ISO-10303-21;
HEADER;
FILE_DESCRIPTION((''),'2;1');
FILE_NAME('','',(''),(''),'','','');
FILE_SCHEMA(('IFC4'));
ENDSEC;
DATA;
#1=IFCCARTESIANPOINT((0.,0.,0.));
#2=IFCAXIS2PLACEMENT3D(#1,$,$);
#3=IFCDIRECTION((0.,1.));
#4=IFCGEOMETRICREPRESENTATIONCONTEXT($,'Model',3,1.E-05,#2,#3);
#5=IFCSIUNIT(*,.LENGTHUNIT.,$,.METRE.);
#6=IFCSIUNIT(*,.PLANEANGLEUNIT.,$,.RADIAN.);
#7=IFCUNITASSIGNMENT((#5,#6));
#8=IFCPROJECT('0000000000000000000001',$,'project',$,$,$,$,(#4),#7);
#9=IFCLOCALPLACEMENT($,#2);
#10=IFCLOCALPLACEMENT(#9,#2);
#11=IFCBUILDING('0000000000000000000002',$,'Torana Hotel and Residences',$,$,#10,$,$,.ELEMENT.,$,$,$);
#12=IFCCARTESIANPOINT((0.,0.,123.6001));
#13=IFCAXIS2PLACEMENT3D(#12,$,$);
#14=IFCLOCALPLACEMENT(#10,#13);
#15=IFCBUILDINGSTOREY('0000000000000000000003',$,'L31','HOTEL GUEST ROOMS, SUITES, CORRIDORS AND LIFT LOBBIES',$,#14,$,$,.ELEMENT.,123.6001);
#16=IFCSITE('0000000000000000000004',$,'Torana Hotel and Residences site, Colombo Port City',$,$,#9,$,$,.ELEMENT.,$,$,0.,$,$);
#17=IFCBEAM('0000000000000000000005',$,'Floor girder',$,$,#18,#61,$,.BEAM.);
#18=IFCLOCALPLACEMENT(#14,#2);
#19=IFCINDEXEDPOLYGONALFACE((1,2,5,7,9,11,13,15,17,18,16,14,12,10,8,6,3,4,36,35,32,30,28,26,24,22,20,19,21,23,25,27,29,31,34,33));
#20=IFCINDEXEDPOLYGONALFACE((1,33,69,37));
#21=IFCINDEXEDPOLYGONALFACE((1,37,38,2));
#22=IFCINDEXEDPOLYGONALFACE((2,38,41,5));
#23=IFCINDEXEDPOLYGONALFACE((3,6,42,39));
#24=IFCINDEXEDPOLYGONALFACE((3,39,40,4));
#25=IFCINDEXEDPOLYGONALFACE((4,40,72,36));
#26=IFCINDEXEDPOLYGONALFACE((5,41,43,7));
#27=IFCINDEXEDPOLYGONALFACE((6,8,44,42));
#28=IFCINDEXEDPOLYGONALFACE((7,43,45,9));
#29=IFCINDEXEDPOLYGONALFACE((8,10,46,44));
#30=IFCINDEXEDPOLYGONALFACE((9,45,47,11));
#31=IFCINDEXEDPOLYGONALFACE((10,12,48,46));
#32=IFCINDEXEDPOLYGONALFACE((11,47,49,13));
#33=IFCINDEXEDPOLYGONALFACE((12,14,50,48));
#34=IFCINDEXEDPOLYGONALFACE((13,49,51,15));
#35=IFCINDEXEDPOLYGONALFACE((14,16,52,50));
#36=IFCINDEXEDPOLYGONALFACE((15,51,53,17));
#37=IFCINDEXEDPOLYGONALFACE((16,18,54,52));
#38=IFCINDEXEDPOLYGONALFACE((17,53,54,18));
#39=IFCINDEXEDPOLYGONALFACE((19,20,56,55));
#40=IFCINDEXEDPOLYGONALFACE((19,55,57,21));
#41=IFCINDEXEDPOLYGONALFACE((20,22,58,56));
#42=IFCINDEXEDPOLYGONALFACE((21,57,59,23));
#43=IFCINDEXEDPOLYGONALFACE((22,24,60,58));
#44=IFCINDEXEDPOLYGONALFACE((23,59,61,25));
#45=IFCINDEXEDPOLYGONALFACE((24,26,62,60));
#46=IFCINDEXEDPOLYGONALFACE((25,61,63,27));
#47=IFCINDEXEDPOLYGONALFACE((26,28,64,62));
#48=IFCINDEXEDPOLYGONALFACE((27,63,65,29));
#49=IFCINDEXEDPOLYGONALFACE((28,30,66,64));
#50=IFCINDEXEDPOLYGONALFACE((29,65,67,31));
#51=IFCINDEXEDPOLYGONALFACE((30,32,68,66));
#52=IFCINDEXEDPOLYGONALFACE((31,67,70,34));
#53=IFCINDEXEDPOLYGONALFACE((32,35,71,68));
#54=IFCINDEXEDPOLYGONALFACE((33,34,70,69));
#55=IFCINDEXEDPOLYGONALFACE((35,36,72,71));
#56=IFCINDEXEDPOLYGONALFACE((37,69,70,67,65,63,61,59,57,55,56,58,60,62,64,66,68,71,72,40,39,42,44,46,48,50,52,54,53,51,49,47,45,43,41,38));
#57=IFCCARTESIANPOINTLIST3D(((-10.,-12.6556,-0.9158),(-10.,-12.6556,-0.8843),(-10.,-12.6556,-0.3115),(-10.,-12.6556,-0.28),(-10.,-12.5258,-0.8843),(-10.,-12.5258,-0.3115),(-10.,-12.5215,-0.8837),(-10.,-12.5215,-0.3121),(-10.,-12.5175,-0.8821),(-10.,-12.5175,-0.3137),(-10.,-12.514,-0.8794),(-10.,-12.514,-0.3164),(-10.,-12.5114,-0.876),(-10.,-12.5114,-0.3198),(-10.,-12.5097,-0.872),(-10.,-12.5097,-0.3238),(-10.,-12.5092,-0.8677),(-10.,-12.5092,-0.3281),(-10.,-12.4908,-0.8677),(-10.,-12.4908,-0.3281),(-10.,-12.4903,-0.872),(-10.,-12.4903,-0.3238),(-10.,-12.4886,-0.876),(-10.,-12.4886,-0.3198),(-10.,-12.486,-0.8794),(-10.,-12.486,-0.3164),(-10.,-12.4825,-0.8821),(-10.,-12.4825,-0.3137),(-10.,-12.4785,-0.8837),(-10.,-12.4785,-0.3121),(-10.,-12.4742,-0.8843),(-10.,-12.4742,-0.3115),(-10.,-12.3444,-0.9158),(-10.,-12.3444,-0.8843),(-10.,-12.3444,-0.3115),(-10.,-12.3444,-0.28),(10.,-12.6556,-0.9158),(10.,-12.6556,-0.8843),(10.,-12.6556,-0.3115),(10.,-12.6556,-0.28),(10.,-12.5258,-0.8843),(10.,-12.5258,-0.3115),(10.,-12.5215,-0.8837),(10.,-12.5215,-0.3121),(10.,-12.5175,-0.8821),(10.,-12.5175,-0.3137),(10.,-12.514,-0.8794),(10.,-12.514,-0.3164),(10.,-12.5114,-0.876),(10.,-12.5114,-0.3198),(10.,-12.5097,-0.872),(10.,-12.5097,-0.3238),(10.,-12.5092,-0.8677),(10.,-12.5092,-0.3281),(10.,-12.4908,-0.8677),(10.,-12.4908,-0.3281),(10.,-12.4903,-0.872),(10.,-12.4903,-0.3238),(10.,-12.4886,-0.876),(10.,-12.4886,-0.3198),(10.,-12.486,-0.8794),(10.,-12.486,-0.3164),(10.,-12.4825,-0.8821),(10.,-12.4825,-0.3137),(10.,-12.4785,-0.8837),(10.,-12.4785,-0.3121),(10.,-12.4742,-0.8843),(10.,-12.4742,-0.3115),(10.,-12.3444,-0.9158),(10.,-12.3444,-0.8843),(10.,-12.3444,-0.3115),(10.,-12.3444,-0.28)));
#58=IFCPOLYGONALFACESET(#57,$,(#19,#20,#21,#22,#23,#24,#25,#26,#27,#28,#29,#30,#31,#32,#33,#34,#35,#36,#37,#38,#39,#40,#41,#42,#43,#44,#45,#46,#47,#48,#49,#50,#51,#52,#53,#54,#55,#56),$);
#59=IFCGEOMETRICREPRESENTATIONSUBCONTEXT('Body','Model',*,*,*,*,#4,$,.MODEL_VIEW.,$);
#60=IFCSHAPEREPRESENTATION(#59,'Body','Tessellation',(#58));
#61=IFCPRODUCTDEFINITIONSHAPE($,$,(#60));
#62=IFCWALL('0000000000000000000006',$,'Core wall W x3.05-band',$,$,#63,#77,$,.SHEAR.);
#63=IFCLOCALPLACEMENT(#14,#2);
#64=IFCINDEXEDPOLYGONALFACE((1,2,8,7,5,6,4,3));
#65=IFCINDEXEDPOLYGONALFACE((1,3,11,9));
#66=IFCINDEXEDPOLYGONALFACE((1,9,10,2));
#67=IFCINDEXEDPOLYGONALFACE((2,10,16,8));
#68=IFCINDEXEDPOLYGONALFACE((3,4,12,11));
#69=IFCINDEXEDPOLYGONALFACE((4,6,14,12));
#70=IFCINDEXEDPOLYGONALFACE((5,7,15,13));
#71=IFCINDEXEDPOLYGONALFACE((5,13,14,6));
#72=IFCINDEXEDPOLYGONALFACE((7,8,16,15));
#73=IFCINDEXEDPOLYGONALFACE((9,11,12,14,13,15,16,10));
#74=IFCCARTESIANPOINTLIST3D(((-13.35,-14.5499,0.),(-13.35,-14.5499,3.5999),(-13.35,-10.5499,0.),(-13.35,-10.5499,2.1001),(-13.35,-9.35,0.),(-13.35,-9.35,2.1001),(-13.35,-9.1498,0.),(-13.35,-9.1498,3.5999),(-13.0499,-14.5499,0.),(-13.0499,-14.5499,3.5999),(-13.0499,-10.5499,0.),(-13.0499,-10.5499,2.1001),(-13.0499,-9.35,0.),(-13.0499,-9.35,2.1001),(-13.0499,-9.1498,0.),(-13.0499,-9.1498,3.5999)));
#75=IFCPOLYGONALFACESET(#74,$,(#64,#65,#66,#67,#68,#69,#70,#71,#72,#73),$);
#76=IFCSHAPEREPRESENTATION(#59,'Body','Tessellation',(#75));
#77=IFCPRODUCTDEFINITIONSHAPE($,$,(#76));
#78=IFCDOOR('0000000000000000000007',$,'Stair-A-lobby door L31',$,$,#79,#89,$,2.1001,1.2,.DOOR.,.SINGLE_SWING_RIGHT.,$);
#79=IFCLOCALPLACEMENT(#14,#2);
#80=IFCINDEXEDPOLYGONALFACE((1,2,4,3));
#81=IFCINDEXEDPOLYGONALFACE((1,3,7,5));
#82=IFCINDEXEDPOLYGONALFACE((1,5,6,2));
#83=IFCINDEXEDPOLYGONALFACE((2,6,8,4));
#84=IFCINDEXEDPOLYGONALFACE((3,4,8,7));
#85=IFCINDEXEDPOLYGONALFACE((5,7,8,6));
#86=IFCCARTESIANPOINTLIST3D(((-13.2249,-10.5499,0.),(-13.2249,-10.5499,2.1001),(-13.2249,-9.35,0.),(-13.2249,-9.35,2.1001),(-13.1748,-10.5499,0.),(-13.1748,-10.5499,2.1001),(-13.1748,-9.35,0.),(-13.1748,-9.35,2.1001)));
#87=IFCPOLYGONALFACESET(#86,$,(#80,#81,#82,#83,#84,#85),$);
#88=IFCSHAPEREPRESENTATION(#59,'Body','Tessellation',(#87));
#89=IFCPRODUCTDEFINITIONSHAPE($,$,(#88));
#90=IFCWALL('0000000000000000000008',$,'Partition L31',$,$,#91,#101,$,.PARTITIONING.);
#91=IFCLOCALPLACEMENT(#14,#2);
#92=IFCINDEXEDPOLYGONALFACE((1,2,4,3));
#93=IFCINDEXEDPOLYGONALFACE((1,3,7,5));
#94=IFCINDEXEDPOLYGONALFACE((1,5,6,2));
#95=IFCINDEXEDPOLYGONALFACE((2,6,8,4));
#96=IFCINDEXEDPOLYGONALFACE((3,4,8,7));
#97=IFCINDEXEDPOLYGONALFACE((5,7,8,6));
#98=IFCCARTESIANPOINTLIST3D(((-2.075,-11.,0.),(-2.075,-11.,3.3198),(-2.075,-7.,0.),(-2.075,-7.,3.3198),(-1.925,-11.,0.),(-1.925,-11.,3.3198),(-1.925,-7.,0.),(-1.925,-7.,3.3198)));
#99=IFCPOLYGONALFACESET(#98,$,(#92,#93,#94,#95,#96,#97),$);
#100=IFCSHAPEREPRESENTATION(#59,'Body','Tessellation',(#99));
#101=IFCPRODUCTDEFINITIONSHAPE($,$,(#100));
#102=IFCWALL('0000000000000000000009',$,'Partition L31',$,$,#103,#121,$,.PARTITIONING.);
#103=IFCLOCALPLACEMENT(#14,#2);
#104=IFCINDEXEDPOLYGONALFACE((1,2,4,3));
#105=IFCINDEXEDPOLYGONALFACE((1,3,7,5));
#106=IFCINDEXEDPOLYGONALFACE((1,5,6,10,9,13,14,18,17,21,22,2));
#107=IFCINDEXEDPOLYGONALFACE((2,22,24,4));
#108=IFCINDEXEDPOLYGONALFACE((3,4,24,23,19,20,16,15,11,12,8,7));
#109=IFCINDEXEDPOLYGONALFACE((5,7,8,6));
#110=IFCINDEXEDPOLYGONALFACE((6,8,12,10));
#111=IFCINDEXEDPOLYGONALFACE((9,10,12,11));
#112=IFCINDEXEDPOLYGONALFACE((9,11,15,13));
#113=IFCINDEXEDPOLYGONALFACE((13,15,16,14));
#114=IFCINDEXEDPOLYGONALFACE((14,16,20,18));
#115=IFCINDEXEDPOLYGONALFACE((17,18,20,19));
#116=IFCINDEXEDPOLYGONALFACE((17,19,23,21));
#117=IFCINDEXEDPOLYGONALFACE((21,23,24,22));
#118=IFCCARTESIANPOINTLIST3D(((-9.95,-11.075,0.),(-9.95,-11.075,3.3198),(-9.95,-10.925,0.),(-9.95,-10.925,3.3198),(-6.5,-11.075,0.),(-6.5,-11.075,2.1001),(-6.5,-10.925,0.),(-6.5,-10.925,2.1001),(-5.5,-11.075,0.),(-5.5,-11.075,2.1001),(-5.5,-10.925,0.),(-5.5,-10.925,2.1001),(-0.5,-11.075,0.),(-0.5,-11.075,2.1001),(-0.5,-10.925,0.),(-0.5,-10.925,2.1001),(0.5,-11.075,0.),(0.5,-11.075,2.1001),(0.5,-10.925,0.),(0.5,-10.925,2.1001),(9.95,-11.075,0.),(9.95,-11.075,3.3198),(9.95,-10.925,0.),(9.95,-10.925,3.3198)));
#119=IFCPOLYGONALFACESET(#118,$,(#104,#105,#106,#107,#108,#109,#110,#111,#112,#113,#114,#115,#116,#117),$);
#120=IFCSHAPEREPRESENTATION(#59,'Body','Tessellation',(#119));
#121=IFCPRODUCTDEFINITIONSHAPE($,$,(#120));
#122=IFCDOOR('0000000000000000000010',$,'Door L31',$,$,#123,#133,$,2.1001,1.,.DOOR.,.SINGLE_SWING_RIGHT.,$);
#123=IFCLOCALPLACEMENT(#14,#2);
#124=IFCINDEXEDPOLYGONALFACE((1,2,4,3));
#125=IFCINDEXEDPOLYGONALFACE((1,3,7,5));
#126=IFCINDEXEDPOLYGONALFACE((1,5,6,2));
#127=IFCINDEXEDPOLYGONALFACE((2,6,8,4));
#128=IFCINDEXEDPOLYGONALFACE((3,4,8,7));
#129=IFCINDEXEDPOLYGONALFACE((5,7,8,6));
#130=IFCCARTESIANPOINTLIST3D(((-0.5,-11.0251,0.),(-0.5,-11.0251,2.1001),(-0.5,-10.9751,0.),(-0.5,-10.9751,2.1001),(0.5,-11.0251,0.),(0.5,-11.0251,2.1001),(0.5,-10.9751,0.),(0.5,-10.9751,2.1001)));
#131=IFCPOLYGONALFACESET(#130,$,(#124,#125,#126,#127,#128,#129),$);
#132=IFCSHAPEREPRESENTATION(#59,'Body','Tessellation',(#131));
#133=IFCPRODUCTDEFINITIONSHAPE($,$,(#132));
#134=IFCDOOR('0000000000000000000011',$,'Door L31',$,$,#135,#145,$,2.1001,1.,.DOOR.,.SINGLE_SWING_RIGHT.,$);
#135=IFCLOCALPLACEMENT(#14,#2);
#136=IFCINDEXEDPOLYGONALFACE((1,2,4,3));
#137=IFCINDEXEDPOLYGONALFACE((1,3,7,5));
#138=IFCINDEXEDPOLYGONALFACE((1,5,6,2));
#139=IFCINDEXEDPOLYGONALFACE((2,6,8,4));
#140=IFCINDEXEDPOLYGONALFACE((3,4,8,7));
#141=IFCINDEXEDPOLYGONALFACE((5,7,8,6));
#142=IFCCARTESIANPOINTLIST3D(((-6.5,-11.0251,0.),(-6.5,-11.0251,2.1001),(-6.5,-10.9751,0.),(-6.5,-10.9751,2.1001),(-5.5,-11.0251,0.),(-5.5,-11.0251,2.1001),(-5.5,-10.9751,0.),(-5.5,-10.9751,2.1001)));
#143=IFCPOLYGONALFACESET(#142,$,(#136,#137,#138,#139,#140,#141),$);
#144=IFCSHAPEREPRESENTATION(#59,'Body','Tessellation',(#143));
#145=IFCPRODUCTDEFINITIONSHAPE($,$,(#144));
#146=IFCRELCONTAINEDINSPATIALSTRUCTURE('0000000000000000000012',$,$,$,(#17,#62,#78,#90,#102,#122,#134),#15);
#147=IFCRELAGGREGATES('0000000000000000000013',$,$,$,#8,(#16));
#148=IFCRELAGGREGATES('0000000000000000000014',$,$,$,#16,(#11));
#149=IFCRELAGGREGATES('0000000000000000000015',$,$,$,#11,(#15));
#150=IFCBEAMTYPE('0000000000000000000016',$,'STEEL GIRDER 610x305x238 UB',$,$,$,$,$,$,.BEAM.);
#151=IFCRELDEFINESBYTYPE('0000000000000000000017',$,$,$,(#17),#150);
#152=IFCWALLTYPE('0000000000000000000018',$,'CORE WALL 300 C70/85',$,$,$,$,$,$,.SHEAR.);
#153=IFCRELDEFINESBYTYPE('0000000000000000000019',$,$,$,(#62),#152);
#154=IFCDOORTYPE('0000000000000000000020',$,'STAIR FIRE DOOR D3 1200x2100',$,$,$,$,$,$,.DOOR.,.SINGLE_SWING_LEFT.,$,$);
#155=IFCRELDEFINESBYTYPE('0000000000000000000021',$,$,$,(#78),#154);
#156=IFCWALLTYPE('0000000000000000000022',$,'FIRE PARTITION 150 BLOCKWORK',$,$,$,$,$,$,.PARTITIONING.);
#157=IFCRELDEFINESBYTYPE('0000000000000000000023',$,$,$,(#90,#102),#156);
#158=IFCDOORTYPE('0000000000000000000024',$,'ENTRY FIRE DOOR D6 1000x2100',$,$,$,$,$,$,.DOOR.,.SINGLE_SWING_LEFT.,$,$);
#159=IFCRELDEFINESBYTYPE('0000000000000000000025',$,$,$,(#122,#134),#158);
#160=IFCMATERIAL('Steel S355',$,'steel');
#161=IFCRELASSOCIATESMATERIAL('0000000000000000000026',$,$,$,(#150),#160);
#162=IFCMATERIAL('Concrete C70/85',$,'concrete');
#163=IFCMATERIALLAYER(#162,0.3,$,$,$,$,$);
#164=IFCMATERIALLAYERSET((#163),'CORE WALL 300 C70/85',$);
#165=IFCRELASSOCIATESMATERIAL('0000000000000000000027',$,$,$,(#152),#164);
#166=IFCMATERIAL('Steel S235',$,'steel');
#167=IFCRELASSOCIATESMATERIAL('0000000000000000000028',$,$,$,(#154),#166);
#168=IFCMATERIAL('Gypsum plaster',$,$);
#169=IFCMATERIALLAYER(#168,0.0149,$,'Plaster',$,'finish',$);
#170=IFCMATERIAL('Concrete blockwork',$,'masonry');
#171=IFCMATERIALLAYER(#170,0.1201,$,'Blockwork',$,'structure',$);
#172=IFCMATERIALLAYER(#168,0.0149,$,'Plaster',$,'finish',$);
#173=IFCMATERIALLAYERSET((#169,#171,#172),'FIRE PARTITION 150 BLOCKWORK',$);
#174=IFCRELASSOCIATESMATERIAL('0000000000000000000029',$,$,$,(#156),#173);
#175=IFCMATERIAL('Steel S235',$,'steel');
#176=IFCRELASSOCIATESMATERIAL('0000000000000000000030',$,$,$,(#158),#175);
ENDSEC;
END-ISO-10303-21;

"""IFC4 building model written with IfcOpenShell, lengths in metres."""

from ifc_helpers import new_model, si_unit, direction, frame, frame_2d, origin, origin_2d, place, context, subcontext, project, spatial, rectangle, i_section, extrude, material, layer, layer_set, material_profile, profile_set, type_object, element, fill, save


model = new_model("IFC4")

# Units and contexts
model_context = context("Model", 3, precision=1e-05, world=origin(), true_north=direction((0.0, 1.0)))
body_context = subcontext(model_context, "Body", "Model", "MODEL_VIEW")
ifc_project = project(units=[si_unit("LENGTHUNIT", "METRE"), si_unit("PLANEANGLEUNIT", "RADIAN")], contexts=[model_context])

# Site, building, storey
site_placement = place(None, origin())
site = spatial("IfcSite", under=ifc_project, at=site_placement, Name="Torana Hotel and Residences site, Colombo Port City", CompositionType="ELEMENT", RefElevation=0.0)
building_placement = place(site_placement, origin())
building = spatial("IfcBuilding", under=site, at=building_placement, Name="Torana Hotel and Residences", CompositionType="ELEMENT")
storey_placement = place(building_placement, frame((0.0, 0.0, 123.6001)))
storey = spatial("IfcBuildingStorey", under=building, at=storey_placement, Name="L31", Description="HOTEL GUEST ROOMS, SUITES, CORRIDORS AND LIFT LOBBIES", CompositionType="ELEMENT", Elevation=123.6001)

# Beam
ifc_material_1 = material(Name="Steel S355", Category="steel")
ifc_material_profile = material_profile(ifc_material_1, i_section(OverallWidth=0.3113, OverallDepth=0.6357, WebThickness=0.0183, FlangeThickness=0.0315, FilletRadius=0.0166, at=origin_2d()), Name="610x305x238 UB")
ifc_profile_set = profile_set([ifc_material_profile], Name="Steel S355")
beam_type = type_object("IfcBeamType", Name="STEEL GIRDER 610x305x238 UB", PredefinedType="BEAM", material=ifc_profile_set)
beam_placement = place(storey_placement, frame((-10.0, -12.5, -0.5979), z_axis=(1.0, 0.0, 0.0), x_axis=(0.0, 1.0, 0.0)))
element("IfcBeam", 1, at=beam_placement, inside=storey, type_object=beam_type, Name="Floor girder", PredefinedType="BEAM", context=body_context, shape_type="SweptSolid", body=[
    extrude(i_section(OverallWidth=0.3113, OverallDepth=0.6357, WebThickness=0.0183, FlangeThickness=0.0315, FilletRadius=0.0166, at=origin_2d()), origin(), (0.0, 0.0, 1.0), 20.0),
])

# Wall, opening, door
ifc_material_2 = material(Name="Concrete C70/85", Category="concrete")
ifc_layer_1 = layer(ifc_material_2, 0.3)
ifc_layer_set_1 = layer_set([ifc_layer_1], Name="CORE WALL 300 C70/85")
wall_type_1 = type_object("IfcWallType", Name="CORE WALL 300 C70/85", PredefinedType="SHEAR", material=ifc_layer_set_1)
wall_1_placement = place(storey_placement, frame((-13.2, -14.55, 0.0), z_axis=(0.0, 0.0, 1.0), x_axis=(0.0, 1.0, 0.0)))
wall_1 = element("IfcWall", 2, at=wall_1_placement, inside=storey, type_object=wall_type_1, Name="Core wall W x3.05-band", PredefinedType="SHEAR", context=body_context, shape_type="SweptSolid", body=[
    extrude(rectangle(XDim=5.4001, YDim=0.3, at=frame_2d((2.7002, 0.0))), origin(), (0.0, 0.0, 1.0), 3.5999),
])
opening_1_placement = place(wall_1_placement, frame((4.0, 0.0, 0.0)))
opening_1 = element("IfcOpeningElement", 3, at=opening_1_placement, cuts=wall_1, PredefinedType="OPENING", context=body_context, shape_type="SweptSolid", body=[
    extrude(rectangle(XDim=1.2, YDim=2.1001, at=frame_2d((0.6001, 1.05))), frame((0.0, 0.1599, 0.0), z_axis=(0.0, -1.0, 0.0), x_axis=(1.0, 0.0, 0.0)), (0.0, 0.0, 1.0), 0.3201),
])
ifc_material_3 = material(Name="Steel S235", Category="steel")
door_type_1 = type_object("IfcDoorType", Name="STAIR FIRE DOOR D3 1200x2100", OperationType="SINGLE_SWING_LEFT", PredefinedType="DOOR", material=ifc_material_3)
door_1_placement = place(opening_1_placement, frame((0.6001, 0.0, 0.0), z_axis=(0.0, 0.0, 1.0), x_axis=(-1.0, 0.0, 0.0)))
door_1 = element("IfcDoor", 4, at=door_1_placement, inside=storey, type_object=door_type_1, Name="Stair-A-lobby door L31", OperationType="SINGLE_SWING_RIGHT", OverallHeight=2.1001, OverallWidth=1.2, PredefinedType="DOOR", context=body_context, shape_type="SweptSolid", body=[
    extrude(rectangle(XDim=1.2, YDim=2.1001, at=frame_2d((0.0, 1.05))), frame((0.0, -0.0249, 0.0), z_axis=(0.0, 1.0, 0.0), x_axis=(-1.0, 0.0, 0.0)), (0.0, 0.0, 1.0), 0.05),
])
fill(opening_1, door_1)

# Wall
ifc_material_4 = material(Name="Gypsum plaster")
ifc_layer_2 = layer(ifc_material_4, 0.0149, Name="Plaster", Category="finish")
ifc_material_5 = material(Name="Concrete blockwork", Category="masonry")
ifc_layer_3 = layer(ifc_material_5, 0.1201, Name="Blockwork", Category="structure")
ifc_layer_4 = layer(ifc_material_4, 0.0149, Name="Plaster", Category="finish")
ifc_layer_set_2 = layer_set([ifc_layer_2, ifc_layer_3, ifc_layer_4], Name="FIRE PARTITION 150 BLOCKWORK")
wall_type_2 = type_object("IfcWallType", Name="FIRE PARTITION 150 BLOCKWORK", PredefinedType="PARTITIONING", material=ifc_layer_set_2)
wall_2_placement = place(storey_placement, frame((-2.0, -11.0, 0.0), z_axis=(0.0, 0.0, 1.0), x_axis=(0.0, 1.0, 0.0)))
element("IfcWall", 5, at=wall_2_placement, inside=storey, type_object=wall_type_2, Name="Partition L31", PredefinedType="PARTITIONING", context=body_context, shape_type="SweptSolid", body=[
    extrude(rectangle(XDim=4.0, YDim=0.1499, at=frame_2d((2.0, 0.0))), origin(), (0.0, 0.0, 1.0), 3.3198),
])

# Wall, openings, doors
wall_3_placement = place(storey_placement, frame((-9.95, -11.0, 0.0), z_axis=(0.0, 0.0, 1.0), x_axis=(1.0, 0.0, 0.0)))
wall_3 = element("IfcWall", 6, at=wall_3_placement, inside=storey, type_object=wall_type_2, Name="Partition L31", PredefinedType="PARTITIONING", context=body_context, shape_type="SweptSolid", body=[
    extrude(rectangle(XDim=19.8999, YDim=0.1499, at=frame_2d((9.95, 0.0))), origin(), (0.0, 0.0, 1.0), 3.3198),
])
opening_2_placement = place(wall_3_placement, frame((9.45, 0.0, 0.0)))
opening_2 = element("IfcOpeningElement", 7, at=opening_2_placement, cuts=wall_3, PredefinedType="OPENING", context=body_context, shape_type="SweptSolid", body=[
    extrude(rectangle(XDim=1.0, YDim=2.1001, at=frame_2d((0.5, 1.05))), frame((0.0, 0.085, 0.0), z_axis=(0.0, -1.0, 0.0), x_axis=(1.0, 0.0, 0.0)), (0.0, 0.0, 1.0), 0.1699),
])
opening_3_placement = place(wall_3_placement, frame((3.45, 0.0, 0.0)))
opening_3 = element("IfcOpeningElement", 8, at=opening_3_placement, cuts=wall_3, PredefinedType="OPENING", context=body_context, shape_type="SweptSolid", body=[
    extrude(rectangle(XDim=1.0, YDim=2.1001, at=frame_2d((0.5, 1.05))), frame((0.0, 0.085, 0.0), z_axis=(0.0, -1.0, 0.0), x_axis=(1.0, 0.0, 0.0)), (0.0, 0.0, 1.0), 0.1699),
])
ifc_material_6 = material(Name="Steel S235", Category="steel")
door_type_2 = type_object("IfcDoorType", Name="ENTRY FIRE DOOR D6 1000x2100", OperationType="SINGLE_SWING_LEFT", PredefinedType="DOOR", material=ifc_material_6)
door_2_placement = place(opening_2_placement, origin())
door_2 = element("IfcDoor", 9, at=door_2_placement, inside=storey, type_object=door_type_2, Name="Door L31", OperationType="SINGLE_SWING_RIGHT", OverallHeight=2.1001, OverallWidth=1.0, PredefinedType="DOOR", context=body_context, shape_type="SweptSolid", body=[
    extrude(rectangle(XDim=1.0, YDim=2.1001, at=frame_2d((0.5, 1.05))), frame((0.0, 0.0249, 0.0), z_axis=(0.0, -1.0, 0.0), x_axis=(1.0, 0.0, 0.0)), (0.0, 0.0, 1.0), 0.05),
])
fill(opening_2, door_2)
door_3_placement = place(opening_3_placement, origin())
door_3 = element("IfcDoor", 10, at=door_3_placement, inside=storey, type_object=door_type_2, Name="Door L31", OperationType="SINGLE_SWING_RIGHT", OverallHeight=2.1001, OverallWidth=1.0, PredefinedType="DOOR", context=body_context, shape_type="SweptSolid", body=[
    extrude(rectangle(XDim=1.0, YDim=2.1001, at=frame_2d((0.5, 1.05))), frame((0.0, 0.0249, 0.0), z_axis=(0.0, -1.0, 0.0), x_axis=(1.0, 0.0, 0.0)), (0.0, 0.0, 1.0), 0.05),
])
fill(opening_3, door_3)

save(model, "model.ifc")
